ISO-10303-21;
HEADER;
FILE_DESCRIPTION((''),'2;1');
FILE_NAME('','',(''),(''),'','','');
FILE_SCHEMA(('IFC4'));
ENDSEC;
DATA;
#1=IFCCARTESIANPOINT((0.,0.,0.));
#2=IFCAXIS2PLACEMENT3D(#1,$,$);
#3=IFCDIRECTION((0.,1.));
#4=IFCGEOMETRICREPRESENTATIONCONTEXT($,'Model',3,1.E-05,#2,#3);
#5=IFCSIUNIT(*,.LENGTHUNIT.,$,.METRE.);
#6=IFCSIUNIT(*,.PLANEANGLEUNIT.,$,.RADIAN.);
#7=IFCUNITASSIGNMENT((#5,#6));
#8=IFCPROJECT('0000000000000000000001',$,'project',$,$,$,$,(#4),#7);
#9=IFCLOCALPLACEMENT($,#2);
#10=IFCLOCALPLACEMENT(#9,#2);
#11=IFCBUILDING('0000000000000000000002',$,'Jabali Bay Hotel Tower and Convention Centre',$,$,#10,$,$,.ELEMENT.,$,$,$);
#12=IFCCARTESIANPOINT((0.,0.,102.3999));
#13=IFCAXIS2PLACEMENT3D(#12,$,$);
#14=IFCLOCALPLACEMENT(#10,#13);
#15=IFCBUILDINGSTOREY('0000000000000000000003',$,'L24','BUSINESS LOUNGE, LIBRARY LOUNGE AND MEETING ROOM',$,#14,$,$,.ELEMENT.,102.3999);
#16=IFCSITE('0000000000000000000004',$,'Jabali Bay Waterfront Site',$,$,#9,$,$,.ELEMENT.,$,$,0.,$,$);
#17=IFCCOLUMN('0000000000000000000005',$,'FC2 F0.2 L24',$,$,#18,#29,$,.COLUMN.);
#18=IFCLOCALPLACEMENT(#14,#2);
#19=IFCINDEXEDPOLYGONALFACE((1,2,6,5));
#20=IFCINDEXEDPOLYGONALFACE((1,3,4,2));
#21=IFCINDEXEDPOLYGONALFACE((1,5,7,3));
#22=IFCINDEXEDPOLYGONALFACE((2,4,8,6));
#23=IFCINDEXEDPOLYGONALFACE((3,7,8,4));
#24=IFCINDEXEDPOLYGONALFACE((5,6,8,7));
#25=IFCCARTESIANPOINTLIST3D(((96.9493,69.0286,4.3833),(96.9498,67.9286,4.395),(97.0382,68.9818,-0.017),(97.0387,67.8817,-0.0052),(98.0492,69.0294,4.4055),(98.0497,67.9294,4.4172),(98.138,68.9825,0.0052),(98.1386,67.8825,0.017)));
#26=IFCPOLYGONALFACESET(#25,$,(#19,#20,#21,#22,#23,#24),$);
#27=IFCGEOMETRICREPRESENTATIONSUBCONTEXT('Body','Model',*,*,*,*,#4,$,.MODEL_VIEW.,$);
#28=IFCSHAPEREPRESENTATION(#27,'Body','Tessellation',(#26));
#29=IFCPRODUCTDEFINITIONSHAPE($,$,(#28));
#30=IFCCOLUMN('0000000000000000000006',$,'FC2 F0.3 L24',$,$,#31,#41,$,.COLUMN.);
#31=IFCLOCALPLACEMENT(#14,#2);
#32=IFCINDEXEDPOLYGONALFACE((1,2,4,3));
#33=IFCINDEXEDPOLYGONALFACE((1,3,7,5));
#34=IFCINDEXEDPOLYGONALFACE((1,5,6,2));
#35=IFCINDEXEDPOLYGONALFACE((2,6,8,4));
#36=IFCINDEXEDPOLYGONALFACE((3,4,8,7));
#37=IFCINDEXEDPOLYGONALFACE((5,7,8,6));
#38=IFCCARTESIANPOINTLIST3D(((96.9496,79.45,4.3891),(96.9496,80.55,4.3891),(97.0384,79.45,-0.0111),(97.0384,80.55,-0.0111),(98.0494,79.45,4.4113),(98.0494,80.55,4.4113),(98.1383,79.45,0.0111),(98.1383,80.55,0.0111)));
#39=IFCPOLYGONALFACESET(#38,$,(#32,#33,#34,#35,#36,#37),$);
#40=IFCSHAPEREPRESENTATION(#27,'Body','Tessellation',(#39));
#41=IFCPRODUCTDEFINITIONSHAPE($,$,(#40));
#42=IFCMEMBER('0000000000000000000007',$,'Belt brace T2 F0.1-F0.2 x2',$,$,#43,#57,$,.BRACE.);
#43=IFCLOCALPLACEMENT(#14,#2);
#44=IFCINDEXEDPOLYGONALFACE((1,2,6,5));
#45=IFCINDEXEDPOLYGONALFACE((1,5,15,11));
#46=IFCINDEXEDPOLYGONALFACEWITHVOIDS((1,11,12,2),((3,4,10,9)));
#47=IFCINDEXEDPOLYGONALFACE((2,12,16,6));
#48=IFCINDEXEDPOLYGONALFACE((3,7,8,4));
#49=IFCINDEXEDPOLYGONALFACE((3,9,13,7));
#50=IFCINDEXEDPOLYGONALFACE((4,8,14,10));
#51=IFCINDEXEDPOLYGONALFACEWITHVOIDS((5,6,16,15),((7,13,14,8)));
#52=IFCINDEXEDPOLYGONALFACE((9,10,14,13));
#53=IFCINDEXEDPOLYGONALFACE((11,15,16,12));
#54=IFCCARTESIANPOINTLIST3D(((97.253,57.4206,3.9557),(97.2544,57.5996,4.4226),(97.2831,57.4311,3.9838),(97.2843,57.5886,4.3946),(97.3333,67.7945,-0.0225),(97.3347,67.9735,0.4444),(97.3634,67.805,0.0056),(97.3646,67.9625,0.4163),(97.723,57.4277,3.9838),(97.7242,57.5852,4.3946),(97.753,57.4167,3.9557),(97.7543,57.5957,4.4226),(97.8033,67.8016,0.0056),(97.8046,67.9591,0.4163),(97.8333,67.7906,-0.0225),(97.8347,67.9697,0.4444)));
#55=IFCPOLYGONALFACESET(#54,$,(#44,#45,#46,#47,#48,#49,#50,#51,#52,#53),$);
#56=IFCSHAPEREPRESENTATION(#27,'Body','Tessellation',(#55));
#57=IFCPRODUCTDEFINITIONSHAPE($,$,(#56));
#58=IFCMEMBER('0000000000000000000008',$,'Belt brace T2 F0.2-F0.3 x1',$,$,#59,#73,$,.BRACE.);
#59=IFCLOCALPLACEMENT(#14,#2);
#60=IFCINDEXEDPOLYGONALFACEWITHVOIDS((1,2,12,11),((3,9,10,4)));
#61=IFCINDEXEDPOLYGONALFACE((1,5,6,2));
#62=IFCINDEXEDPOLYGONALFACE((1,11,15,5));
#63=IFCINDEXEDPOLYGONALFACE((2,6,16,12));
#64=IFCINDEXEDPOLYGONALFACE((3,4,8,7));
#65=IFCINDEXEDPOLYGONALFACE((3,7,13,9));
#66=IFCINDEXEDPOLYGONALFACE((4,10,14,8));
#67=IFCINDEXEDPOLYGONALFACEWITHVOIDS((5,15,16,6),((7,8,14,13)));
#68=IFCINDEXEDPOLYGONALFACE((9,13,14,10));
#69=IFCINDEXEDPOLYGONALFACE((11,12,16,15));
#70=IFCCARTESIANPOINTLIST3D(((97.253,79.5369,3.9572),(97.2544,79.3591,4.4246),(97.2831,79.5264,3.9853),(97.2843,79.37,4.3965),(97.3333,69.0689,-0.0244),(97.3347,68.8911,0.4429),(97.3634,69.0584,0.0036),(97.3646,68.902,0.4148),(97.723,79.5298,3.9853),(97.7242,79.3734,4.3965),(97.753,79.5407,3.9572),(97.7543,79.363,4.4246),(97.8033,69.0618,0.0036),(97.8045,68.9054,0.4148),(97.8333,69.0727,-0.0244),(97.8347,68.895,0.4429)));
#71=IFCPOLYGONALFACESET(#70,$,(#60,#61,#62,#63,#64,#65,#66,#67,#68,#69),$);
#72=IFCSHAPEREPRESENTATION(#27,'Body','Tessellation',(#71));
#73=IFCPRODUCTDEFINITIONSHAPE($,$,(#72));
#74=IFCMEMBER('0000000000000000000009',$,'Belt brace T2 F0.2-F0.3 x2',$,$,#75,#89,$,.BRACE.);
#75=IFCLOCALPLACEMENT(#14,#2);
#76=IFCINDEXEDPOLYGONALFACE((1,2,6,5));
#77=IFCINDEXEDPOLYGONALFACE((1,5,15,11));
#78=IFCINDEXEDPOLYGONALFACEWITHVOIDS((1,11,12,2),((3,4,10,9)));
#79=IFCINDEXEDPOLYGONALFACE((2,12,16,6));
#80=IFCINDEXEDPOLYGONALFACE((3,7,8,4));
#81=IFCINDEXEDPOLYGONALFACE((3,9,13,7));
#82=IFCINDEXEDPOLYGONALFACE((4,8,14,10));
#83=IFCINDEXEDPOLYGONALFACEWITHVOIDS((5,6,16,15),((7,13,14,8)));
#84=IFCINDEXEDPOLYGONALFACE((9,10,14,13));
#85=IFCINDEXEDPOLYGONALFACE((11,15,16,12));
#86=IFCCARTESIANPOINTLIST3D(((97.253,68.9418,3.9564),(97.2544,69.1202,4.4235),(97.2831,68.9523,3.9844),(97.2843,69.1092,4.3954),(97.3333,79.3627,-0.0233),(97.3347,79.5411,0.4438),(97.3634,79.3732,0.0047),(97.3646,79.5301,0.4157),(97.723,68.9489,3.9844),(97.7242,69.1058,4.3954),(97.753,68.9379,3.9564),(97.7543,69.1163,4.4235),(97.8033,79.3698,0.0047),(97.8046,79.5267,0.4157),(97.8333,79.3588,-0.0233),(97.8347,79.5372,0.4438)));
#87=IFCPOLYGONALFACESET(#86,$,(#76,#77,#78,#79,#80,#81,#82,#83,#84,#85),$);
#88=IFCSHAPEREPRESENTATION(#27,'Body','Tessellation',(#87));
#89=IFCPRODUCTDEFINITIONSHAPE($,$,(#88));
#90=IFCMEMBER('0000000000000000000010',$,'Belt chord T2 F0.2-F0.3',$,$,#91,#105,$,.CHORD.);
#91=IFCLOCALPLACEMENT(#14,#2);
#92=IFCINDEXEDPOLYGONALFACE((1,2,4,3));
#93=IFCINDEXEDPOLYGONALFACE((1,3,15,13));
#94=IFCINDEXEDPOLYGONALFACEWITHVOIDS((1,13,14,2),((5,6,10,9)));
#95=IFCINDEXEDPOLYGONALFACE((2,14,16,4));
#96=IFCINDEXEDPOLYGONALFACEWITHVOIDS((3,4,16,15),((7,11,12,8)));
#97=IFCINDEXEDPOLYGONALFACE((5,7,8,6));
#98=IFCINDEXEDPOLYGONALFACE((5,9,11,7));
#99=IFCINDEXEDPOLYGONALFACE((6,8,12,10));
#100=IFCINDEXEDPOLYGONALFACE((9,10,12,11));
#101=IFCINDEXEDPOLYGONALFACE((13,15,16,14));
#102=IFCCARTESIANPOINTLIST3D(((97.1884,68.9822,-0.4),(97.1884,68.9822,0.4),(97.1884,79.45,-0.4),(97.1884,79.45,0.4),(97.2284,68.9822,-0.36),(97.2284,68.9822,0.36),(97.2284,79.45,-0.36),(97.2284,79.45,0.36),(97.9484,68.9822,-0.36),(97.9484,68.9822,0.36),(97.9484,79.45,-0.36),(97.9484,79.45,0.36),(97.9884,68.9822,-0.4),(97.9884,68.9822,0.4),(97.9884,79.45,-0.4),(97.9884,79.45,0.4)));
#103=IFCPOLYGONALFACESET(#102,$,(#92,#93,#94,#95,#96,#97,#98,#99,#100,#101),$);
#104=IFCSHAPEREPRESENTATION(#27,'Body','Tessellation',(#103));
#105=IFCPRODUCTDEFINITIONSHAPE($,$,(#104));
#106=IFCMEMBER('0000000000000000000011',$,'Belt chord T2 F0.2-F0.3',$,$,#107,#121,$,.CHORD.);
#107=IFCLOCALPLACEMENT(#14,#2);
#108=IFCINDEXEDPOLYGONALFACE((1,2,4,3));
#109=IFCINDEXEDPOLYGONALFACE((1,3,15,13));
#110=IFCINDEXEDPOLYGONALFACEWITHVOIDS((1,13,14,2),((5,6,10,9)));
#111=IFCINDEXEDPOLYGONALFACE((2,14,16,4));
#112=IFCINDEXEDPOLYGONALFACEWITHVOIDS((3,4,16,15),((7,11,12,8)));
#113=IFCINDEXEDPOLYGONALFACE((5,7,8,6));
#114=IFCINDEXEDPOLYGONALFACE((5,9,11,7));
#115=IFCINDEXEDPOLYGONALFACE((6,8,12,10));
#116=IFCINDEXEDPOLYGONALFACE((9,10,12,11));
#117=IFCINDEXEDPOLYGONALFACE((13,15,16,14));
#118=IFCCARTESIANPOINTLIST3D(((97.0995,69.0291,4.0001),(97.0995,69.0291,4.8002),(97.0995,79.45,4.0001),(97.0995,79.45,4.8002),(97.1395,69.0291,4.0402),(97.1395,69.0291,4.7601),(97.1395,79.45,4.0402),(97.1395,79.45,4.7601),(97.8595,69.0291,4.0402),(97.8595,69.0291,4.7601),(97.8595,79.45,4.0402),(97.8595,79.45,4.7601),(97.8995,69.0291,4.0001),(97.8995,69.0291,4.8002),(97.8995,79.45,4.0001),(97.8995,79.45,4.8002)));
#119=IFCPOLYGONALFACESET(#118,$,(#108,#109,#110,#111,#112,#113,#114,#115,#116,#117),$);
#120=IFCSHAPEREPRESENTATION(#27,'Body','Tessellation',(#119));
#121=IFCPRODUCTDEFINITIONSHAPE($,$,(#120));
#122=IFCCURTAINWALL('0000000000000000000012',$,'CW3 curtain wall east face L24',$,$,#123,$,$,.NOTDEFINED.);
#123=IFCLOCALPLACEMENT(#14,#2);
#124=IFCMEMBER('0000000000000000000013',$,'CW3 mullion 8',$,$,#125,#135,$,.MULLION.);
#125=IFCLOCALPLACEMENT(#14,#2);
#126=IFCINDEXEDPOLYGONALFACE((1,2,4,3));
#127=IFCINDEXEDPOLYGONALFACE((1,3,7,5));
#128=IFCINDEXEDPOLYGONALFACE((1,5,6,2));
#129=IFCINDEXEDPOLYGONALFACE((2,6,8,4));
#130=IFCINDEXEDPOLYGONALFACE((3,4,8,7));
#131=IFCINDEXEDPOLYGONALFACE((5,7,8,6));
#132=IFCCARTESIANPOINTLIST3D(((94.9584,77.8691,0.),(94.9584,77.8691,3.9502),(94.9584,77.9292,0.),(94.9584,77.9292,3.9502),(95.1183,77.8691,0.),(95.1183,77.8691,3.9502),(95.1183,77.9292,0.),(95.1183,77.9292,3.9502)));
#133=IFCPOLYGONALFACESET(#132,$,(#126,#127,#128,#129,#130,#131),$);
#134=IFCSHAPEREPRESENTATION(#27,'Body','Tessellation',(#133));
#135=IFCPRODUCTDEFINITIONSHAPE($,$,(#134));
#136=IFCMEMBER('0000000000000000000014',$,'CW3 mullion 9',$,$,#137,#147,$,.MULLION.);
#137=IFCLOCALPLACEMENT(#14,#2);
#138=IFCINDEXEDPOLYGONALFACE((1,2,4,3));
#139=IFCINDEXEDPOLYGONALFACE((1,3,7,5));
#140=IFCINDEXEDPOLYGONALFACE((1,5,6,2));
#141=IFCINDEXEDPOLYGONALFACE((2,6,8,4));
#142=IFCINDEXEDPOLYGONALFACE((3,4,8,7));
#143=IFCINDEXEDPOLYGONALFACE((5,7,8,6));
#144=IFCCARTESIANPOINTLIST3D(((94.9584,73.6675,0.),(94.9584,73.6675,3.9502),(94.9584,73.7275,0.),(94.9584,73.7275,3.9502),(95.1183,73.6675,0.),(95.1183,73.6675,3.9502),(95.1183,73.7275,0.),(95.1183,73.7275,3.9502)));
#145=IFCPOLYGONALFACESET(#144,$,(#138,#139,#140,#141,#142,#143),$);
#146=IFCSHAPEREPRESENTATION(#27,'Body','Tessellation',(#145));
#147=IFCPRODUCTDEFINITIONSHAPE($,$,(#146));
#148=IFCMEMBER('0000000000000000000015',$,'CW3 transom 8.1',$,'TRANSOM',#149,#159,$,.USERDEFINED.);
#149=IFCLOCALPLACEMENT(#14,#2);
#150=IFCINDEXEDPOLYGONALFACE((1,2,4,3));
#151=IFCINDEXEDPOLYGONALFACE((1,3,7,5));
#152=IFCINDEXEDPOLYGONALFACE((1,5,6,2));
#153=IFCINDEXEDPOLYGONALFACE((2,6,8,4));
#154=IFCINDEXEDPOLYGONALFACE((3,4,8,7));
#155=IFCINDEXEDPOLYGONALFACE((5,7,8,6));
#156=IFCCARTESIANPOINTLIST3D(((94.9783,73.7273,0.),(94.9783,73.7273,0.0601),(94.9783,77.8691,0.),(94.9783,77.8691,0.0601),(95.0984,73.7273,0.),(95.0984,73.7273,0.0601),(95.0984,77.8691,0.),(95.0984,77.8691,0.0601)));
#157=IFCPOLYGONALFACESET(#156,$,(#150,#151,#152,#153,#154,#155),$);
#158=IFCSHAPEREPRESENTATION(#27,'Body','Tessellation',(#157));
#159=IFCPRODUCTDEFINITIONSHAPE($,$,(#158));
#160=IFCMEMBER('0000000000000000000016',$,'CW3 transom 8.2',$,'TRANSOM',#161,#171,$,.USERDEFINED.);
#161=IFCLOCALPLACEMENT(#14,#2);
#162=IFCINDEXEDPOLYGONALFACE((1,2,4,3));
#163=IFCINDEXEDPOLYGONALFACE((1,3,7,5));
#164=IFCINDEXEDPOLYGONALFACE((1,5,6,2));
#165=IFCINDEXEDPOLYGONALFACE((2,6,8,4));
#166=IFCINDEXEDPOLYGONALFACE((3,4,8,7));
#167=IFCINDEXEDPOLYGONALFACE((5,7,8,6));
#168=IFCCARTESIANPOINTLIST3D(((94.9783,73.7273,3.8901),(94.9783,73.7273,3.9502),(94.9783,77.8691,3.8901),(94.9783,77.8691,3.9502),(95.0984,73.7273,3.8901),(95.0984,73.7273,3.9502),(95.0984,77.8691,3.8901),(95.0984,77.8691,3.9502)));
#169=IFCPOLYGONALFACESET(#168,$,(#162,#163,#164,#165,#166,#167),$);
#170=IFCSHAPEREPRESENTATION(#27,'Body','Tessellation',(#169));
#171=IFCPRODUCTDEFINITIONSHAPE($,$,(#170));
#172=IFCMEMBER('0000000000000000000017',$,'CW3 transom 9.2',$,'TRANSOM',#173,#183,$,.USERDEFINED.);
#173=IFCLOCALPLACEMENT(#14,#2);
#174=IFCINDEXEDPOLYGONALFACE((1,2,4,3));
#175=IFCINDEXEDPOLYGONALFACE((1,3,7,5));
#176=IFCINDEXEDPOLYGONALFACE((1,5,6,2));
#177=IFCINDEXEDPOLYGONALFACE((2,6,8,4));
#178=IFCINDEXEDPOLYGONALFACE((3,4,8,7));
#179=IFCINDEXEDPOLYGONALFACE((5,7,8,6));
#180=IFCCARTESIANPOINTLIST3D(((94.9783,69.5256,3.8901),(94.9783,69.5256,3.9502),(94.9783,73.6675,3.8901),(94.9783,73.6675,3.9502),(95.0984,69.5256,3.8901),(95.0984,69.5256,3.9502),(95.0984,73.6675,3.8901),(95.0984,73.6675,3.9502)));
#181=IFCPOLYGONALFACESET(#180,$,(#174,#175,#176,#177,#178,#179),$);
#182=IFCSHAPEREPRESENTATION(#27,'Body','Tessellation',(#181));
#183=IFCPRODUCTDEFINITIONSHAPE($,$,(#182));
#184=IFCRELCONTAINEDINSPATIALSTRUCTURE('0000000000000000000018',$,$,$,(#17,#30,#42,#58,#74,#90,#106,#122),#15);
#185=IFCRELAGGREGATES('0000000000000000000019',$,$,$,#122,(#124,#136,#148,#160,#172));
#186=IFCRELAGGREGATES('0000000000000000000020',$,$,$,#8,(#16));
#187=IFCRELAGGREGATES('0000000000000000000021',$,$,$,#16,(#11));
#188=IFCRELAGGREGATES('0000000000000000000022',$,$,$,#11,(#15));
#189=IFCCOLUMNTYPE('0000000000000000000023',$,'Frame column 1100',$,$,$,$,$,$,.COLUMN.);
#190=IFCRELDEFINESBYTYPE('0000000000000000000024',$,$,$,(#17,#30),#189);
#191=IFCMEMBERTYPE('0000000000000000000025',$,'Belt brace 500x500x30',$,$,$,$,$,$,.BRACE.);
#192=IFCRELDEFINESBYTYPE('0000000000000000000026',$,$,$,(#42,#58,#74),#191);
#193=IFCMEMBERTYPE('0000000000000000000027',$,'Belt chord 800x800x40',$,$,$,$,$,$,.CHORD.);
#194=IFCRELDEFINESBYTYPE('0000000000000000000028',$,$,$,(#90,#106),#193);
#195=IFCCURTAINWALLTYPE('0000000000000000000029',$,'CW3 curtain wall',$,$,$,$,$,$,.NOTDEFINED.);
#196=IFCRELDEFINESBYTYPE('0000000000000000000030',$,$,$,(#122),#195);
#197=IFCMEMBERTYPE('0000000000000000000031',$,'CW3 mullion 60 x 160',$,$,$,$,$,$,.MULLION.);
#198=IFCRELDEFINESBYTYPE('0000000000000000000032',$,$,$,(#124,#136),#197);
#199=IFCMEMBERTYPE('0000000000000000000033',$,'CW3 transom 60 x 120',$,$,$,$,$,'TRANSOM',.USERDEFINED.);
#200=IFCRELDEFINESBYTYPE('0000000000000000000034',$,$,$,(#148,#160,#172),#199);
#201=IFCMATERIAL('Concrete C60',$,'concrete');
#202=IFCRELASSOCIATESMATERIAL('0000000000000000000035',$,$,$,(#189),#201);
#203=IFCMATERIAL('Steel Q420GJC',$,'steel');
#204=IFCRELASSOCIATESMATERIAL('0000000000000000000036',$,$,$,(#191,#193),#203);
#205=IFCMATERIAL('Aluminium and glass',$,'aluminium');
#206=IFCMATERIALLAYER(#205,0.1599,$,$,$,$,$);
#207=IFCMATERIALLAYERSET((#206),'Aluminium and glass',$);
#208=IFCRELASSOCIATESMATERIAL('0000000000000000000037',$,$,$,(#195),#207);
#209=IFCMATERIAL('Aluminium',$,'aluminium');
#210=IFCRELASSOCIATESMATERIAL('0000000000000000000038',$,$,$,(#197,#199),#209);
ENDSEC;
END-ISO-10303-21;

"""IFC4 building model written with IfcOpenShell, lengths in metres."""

from ifc_helpers import new_model, si_unit, direction, frame, origin, origin_2d, place, context, subcontext, project, spatial, rectangle, hollow_rectangle, extrude, material, layer, layer_set, material_profile, profile_set, type_object, element, aggregate, save


model = new_model("IFC4")

# Units and contexts
model_context = context("Model", 3, precision=1e-05, world=origin(), true_north=direction((0.0, 1.0)))
body_context = subcontext(model_context, "Body", "Model", "MODEL_VIEW")
ifc_project = project(units=[si_unit("LENGTHUNIT", "METRE"), si_unit("PLANEANGLEUNIT", "RADIAN")], contexts=[model_context])

# Site, building, storey
site_placement = place(None, origin())
site = spatial("IfcSite", under=ifc_project, at=site_placement, Name="Jabali Bay Waterfront Site", CompositionType="ELEMENT", RefElevation=0.0)
building_placement = place(site_placement, origin())
building = spatial("IfcBuilding", under=site, at=building_placement, Name="Jabali Bay Hotel Tower and Convention Centre", CompositionType="ELEMENT")
storey_placement = place(building_placement, frame((0.0, 0.0, 102.3999)))
storey = spatial("IfcBuildingStorey", under=building, at=storey_placement, Name="L24", Description="BUSINESS LOUNGE, LIBRARY LOUNGE AND MEETING ROOM", CompositionType="ELEMENT", Elevation=102.3999)

# Columns
ifc_material_1 = material(Name="Concrete C60", Category="concrete")
ifc_material_profile_1 = material_profile(ifc_material_1, rectangle(XDim=1.1001, YDim=1.1001, at=origin_2d()), Name="Frame column 1100")
ifc_profile_set_1 = profile_set([ifc_material_profile_1], Name="Concrete C60")
column_type = type_object("IfcColumnType", Name="Frame column 1100", PredefinedType="COLUMN", material=ifc_profile_set_1)
column_1_placement = place(storey_placement, frame((97.5884, 68.4321, 0.0), z_axis=(-0.020191, 0.01065, 0.999739), x_axis=(0.000496, -0.999943, 0.010662)))
element("IfcColumn", 1, at=column_1_placement, inside=storey, type_object=column_type, Name="FC2 F0.2 L24", PredefinedType="COLUMN", context=body_context, shape_type="SweptSolid", body=[
    extrude(rectangle(XDim=1.1001, YDim=1.1001, at=origin_2d()), origin(), (0.0, 0.0, 1.0), 4.4014),
])
column_2_placement = place(storey_placement, frame((97.5884, 80.0, 0.0), z_axis=(-0.020192, 0.0, 0.999796), x_axis=(0.0, -1.0, 0.0)))
element("IfcColumn", 2, at=column_2_placement, inside=storey, type_object=column_type, Name="FC2 F0.3 L24", PredefinedType="COLUMN", context=body_context, shape_type="SweptSolid", body=[
    extrude(rectangle(XDim=1.1001, YDim=1.1001, at=origin_2d()), origin(), (0.0, 0.0, 1.0), 4.4011),
])

# Members
ifc_material_2 = material(Name="Steel Q420GJC", Category="steel")
ifc_material_profile_2 = material_profile(ifc_material_2, hollow_rectangle(XDim=0.5, YDim=0.5, WallThickness=0.03, at=origin_2d()), Name="Belt brace 500x500x30")
ifc_profile_set_2 = profile_set([ifc_material_profile_2], Name="Steel Q420GJC")
member_type_1 = type_object("IfcMemberType", Name="Belt brace 500x500x30", PredefinedType="BRACE", material=ifc_profile_set_2)
member_1_placement = place(storey_placement, frame((97.584, 67.8821, 0.2109), z_axis=(-0.007229, -0.933675, 0.358049), x_axis=(0.99997, -0.007742, 0.0)))
element("IfcMember", 3, at=member_1_placement, inside=storey, type_object=member_type_1, Name="Belt brace T2 F0.1-F0.2 x2", PredefinedType="BRACE", context=body_context, shape_type="SweptSolid", body=[
    extrude(hollow_rectangle(XDim=0.5, YDim=0.5, WallThickness=0.03, at=origin_2d()), origin(), (0.0, 0.0, 1.0), 11.1108),
])
member_2_placement = place(storey_placement, frame((97.584, 68.9819, 0.2092), z_axis=(-0.007172, 0.934646, 0.355508), x_axis=(-0.999971, -0.007673, 0.0)))
element("IfcMember", 4, at=member_2_placement, inside=storey, type_object=member_type_1, Name="Belt brace T2 F0.2-F0.3 x1", PredefinedType="BRACE", context=body_context, shape_type="SweptSolid", body=[
    extrude(hollow_rectangle(XDim=0.5, YDim=0.5, WallThickness=0.03, at=origin_2d()), origin(), (0.0, 0.0, 1.0), 11.2),
])
member_3_placement = place(storey_placement, frame((97.584, 79.45, 0.2102), z_axis=(-0.0072, -0.934169, 0.356759), x_axis=(0.99997, -0.007708, 0.0)))
element("IfcMember", 5, at=member_3_placement, inside=storey, type_object=member_type_1, Name="Belt brace T2 F0.2-F0.3 x2", PredefinedType="BRACE", context=body_context, shape_type="SweptSolid", body=[
    extrude(hollow_rectangle(XDim=0.5, YDim=0.5, WallThickness=0.03, at=origin_2d()), origin(), (0.0, 0.0, 1.0), 11.1553),
])
ifc_material_profile_3 = material_profile(ifc_material_2, hollow_rectangle(XDim=0.8, YDim=0.8, WallThickness=0.04, at=origin_2d()), Name="Belt chord 800x800x40")
ifc_profile_set_3 = profile_set([ifc_material_profile_3], Name="Steel Q420GJC")
member_type_2 = type_object("IfcMemberType", Name="Belt chord 800x800x40", PredefinedType="CHORD", material=ifc_profile_set_3)
member_4_placement = place(storey_placement, frame((97.5884, 68.9822, 0.0), z_axis=(0.0, 1.0, 0.0), x_axis=(-1.0, 0.0, 0.0)))
element("IfcMember", 6, at=member_4_placement, inside=storey, type_object=member_type_2, Name="Belt chord T2 F0.2-F0.3", PredefinedType="CHORD", context=body_context, shape_type="SweptSolid", body=[
    extrude(hollow_rectangle(XDim=0.8, YDim=0.8, WallThickness=0.04, at=origin_2d()), origin(), (0.0, 0.0, 1.0), 10.4678),
])
member_5_placement = place(storey_placement, frame((97.4995, 69.0291, 4.4001), z_axis=(0.0, 1.0, 0.0), x_axis=(-1.0, 0.0, 0.0)))
element("IfcMember", 7, at=member_5_placement, inside=storey, type_object=member_type_2, Name="Belt chord T2 F0.2-F0.3", PredefinedType="CHORD", context=body_context, shape_type="SweptSolid", body=[
    extrude(hollow_rectangle(XDim=0.8, YDim=0.8, WallThickness=0.04, at=origin_2d()), origin(), (0.0, 0.0, 1.0), 10.4209),
])

# Curtain wall, members
ifc_material_3 = material(Name="Aluminium and glass", Category="aluminium")
ifc_layer_1 = layer(ifc_material_3, 0.1599)
ifc_layer_set_1 = layer_set([ifc_layer_1], Name="Aluminium and glass")
curtain_wall_type = type_object("IfcCurtainWallType", Name="CW3 curtain wall", PredefinedType="NOTDEFINED", material=ifc_layer_set_1)
curtain_wall_placement = place(storey_placement, origin())
curtain_wall = element("IfcCurtainWall", 8, at=curtain_wall_placement, inside=storey, type_object=curtain_wall_type, Name="CW3 curtain wall east face L24", PredefinedType="NOTDEFINED")
ifc_material_4 = material(Name="Aluminium", Category="aluminium")
ifc_material_profile_4 = material_profile(ifc_material_4, rectangle(XDim=0.1599, YDim=0.0601, at=origin_2d()), Name="CW3 mullion 60 x 160")
ifc_profile_set_4 = profile_set([ifc_material_profile_4], Name="Aluminium")
member_type_3 = type_object("IfcMemberType", Name="CW3 mullion 60 x 160", PredefinedType="MULLION", material=ifc_profile_set_4)
member_6_placement = place(storey_placement, frame((95.0383, 77.8992, 0.0), z_axis=(0.0, 0.0, 1.0), x_axis=(1.0, 0.0, 0.0)))
member_6 = element("IfcMember", 9, at=member_6_placement, type_object=member_type_3, Name="CW3 mullion 8", PredefinedType="MULLION", context=body_context, shape_type="SweptSolid", body=[
    extrude(rectangle(XDim=0.1599, YDim=0.0601, at=origin_2d()), origin(), (0.0, 0.0, 1.0), 3.9502),
])
member_7_placement = place(storey_placement, frame((95.0383, 73.6975, 0.0), z_axis=(0.0, 0.0, 1.0), x_axis=(1.0, 0.0, 0.0)))
member_7 = element("IfcMember", 10, at=member_7_placement, type_object=member_type_3, Name="CW3 mullion 9", PredefinedType="MULLION", context=body_context, shape_type="SweptSolid", body=[
    extrude(rectangle(XDim=0.1599, YDim=0.0601, at=origin_2d()), origin(), (0.0, 0.0, 1.0), 3.9502),
])
ifc_material_profile_5 = material_profile(ifc_material_4, rectangle(XDim=0.1201, YDim=0.0601, at=origin_2d()), Name="CW3 transom 60 x 120")
ifc_profile_set_5 = profile_set([ifc_material_profile_5], Name="Aluminium")
member_type_4 = type_object("IfcMemberType", Name="CW3 transom 60 x 120", ElementType="TRANSOM", PredefinedType="USERDEFINED", material=ifc_profile_set_5)
member_8_placement = place(storey_placement, frame((95.0383, 77.8691, 0.03), z_axis=(0.0, -1.0, 0.0), x_axis=(1.0, 0.0, 0.0)))
member_8 = element("IfcMember", 11, at=member_8_placement, type_object=member_type_4, Name="CW3 transom 8.1", ObjectType="TRANSOM", PredefinedType="USERDEFINED", context=body_context, shape_type="SweptSolid", body=[
    extrude(rectangle(XDim=0.1201, YDim=0.0601, at=origin_2d()), origin(), (0.0, 0.0, 1.0), 4.1418),
])
member_9_placement = place(storey_placement, frame((95.0383, 77.8691, 3.9202), z_axis=(0.0, -1.0, 0.0), x_axis=(1.0, 0.0, 0.0)))
member_9 = element("IfcMember", 12, at=member_9_placement, type_object=member_type_4, Name="CW3 transom 8.2", ObjectType="TRANSOM", PredefinedType="USERDEFINED", context=body_context, shape_type="SweptSolid", body=[
    extrude(rectangle(XDim=0.1201, YDim=0.0601, at=origin_2d()), origin(), (0.0, 0.0, 1.0), 4.1418),
])
member_10_placement = place(storey_placement, frame((95.0383, 73.6675, 3.9202), z_axis=(0.0, -1.0, 0.0), x_axis=(1.0, 0.0, 0.0)))
member_10 = element("IfcMember", 13, at=member_10_placement, type_object=member_type_4, Name="CW3 transom 9.2", ObjectType="TRANSOM", PredefinedType="USERDEFINED", context=body_context, shape_type="SweptSolid", body=[
    extrude(rectangle(XDim=0.1201, YDim=0.0601, at=origin_2d()), origin(), (0.0, 0.0, 1.0), 4.1418),
])
aggregate(curtain_wall, [member_6, member_7, member_8, member_9, member_10])

save(model, "model.ifc")
